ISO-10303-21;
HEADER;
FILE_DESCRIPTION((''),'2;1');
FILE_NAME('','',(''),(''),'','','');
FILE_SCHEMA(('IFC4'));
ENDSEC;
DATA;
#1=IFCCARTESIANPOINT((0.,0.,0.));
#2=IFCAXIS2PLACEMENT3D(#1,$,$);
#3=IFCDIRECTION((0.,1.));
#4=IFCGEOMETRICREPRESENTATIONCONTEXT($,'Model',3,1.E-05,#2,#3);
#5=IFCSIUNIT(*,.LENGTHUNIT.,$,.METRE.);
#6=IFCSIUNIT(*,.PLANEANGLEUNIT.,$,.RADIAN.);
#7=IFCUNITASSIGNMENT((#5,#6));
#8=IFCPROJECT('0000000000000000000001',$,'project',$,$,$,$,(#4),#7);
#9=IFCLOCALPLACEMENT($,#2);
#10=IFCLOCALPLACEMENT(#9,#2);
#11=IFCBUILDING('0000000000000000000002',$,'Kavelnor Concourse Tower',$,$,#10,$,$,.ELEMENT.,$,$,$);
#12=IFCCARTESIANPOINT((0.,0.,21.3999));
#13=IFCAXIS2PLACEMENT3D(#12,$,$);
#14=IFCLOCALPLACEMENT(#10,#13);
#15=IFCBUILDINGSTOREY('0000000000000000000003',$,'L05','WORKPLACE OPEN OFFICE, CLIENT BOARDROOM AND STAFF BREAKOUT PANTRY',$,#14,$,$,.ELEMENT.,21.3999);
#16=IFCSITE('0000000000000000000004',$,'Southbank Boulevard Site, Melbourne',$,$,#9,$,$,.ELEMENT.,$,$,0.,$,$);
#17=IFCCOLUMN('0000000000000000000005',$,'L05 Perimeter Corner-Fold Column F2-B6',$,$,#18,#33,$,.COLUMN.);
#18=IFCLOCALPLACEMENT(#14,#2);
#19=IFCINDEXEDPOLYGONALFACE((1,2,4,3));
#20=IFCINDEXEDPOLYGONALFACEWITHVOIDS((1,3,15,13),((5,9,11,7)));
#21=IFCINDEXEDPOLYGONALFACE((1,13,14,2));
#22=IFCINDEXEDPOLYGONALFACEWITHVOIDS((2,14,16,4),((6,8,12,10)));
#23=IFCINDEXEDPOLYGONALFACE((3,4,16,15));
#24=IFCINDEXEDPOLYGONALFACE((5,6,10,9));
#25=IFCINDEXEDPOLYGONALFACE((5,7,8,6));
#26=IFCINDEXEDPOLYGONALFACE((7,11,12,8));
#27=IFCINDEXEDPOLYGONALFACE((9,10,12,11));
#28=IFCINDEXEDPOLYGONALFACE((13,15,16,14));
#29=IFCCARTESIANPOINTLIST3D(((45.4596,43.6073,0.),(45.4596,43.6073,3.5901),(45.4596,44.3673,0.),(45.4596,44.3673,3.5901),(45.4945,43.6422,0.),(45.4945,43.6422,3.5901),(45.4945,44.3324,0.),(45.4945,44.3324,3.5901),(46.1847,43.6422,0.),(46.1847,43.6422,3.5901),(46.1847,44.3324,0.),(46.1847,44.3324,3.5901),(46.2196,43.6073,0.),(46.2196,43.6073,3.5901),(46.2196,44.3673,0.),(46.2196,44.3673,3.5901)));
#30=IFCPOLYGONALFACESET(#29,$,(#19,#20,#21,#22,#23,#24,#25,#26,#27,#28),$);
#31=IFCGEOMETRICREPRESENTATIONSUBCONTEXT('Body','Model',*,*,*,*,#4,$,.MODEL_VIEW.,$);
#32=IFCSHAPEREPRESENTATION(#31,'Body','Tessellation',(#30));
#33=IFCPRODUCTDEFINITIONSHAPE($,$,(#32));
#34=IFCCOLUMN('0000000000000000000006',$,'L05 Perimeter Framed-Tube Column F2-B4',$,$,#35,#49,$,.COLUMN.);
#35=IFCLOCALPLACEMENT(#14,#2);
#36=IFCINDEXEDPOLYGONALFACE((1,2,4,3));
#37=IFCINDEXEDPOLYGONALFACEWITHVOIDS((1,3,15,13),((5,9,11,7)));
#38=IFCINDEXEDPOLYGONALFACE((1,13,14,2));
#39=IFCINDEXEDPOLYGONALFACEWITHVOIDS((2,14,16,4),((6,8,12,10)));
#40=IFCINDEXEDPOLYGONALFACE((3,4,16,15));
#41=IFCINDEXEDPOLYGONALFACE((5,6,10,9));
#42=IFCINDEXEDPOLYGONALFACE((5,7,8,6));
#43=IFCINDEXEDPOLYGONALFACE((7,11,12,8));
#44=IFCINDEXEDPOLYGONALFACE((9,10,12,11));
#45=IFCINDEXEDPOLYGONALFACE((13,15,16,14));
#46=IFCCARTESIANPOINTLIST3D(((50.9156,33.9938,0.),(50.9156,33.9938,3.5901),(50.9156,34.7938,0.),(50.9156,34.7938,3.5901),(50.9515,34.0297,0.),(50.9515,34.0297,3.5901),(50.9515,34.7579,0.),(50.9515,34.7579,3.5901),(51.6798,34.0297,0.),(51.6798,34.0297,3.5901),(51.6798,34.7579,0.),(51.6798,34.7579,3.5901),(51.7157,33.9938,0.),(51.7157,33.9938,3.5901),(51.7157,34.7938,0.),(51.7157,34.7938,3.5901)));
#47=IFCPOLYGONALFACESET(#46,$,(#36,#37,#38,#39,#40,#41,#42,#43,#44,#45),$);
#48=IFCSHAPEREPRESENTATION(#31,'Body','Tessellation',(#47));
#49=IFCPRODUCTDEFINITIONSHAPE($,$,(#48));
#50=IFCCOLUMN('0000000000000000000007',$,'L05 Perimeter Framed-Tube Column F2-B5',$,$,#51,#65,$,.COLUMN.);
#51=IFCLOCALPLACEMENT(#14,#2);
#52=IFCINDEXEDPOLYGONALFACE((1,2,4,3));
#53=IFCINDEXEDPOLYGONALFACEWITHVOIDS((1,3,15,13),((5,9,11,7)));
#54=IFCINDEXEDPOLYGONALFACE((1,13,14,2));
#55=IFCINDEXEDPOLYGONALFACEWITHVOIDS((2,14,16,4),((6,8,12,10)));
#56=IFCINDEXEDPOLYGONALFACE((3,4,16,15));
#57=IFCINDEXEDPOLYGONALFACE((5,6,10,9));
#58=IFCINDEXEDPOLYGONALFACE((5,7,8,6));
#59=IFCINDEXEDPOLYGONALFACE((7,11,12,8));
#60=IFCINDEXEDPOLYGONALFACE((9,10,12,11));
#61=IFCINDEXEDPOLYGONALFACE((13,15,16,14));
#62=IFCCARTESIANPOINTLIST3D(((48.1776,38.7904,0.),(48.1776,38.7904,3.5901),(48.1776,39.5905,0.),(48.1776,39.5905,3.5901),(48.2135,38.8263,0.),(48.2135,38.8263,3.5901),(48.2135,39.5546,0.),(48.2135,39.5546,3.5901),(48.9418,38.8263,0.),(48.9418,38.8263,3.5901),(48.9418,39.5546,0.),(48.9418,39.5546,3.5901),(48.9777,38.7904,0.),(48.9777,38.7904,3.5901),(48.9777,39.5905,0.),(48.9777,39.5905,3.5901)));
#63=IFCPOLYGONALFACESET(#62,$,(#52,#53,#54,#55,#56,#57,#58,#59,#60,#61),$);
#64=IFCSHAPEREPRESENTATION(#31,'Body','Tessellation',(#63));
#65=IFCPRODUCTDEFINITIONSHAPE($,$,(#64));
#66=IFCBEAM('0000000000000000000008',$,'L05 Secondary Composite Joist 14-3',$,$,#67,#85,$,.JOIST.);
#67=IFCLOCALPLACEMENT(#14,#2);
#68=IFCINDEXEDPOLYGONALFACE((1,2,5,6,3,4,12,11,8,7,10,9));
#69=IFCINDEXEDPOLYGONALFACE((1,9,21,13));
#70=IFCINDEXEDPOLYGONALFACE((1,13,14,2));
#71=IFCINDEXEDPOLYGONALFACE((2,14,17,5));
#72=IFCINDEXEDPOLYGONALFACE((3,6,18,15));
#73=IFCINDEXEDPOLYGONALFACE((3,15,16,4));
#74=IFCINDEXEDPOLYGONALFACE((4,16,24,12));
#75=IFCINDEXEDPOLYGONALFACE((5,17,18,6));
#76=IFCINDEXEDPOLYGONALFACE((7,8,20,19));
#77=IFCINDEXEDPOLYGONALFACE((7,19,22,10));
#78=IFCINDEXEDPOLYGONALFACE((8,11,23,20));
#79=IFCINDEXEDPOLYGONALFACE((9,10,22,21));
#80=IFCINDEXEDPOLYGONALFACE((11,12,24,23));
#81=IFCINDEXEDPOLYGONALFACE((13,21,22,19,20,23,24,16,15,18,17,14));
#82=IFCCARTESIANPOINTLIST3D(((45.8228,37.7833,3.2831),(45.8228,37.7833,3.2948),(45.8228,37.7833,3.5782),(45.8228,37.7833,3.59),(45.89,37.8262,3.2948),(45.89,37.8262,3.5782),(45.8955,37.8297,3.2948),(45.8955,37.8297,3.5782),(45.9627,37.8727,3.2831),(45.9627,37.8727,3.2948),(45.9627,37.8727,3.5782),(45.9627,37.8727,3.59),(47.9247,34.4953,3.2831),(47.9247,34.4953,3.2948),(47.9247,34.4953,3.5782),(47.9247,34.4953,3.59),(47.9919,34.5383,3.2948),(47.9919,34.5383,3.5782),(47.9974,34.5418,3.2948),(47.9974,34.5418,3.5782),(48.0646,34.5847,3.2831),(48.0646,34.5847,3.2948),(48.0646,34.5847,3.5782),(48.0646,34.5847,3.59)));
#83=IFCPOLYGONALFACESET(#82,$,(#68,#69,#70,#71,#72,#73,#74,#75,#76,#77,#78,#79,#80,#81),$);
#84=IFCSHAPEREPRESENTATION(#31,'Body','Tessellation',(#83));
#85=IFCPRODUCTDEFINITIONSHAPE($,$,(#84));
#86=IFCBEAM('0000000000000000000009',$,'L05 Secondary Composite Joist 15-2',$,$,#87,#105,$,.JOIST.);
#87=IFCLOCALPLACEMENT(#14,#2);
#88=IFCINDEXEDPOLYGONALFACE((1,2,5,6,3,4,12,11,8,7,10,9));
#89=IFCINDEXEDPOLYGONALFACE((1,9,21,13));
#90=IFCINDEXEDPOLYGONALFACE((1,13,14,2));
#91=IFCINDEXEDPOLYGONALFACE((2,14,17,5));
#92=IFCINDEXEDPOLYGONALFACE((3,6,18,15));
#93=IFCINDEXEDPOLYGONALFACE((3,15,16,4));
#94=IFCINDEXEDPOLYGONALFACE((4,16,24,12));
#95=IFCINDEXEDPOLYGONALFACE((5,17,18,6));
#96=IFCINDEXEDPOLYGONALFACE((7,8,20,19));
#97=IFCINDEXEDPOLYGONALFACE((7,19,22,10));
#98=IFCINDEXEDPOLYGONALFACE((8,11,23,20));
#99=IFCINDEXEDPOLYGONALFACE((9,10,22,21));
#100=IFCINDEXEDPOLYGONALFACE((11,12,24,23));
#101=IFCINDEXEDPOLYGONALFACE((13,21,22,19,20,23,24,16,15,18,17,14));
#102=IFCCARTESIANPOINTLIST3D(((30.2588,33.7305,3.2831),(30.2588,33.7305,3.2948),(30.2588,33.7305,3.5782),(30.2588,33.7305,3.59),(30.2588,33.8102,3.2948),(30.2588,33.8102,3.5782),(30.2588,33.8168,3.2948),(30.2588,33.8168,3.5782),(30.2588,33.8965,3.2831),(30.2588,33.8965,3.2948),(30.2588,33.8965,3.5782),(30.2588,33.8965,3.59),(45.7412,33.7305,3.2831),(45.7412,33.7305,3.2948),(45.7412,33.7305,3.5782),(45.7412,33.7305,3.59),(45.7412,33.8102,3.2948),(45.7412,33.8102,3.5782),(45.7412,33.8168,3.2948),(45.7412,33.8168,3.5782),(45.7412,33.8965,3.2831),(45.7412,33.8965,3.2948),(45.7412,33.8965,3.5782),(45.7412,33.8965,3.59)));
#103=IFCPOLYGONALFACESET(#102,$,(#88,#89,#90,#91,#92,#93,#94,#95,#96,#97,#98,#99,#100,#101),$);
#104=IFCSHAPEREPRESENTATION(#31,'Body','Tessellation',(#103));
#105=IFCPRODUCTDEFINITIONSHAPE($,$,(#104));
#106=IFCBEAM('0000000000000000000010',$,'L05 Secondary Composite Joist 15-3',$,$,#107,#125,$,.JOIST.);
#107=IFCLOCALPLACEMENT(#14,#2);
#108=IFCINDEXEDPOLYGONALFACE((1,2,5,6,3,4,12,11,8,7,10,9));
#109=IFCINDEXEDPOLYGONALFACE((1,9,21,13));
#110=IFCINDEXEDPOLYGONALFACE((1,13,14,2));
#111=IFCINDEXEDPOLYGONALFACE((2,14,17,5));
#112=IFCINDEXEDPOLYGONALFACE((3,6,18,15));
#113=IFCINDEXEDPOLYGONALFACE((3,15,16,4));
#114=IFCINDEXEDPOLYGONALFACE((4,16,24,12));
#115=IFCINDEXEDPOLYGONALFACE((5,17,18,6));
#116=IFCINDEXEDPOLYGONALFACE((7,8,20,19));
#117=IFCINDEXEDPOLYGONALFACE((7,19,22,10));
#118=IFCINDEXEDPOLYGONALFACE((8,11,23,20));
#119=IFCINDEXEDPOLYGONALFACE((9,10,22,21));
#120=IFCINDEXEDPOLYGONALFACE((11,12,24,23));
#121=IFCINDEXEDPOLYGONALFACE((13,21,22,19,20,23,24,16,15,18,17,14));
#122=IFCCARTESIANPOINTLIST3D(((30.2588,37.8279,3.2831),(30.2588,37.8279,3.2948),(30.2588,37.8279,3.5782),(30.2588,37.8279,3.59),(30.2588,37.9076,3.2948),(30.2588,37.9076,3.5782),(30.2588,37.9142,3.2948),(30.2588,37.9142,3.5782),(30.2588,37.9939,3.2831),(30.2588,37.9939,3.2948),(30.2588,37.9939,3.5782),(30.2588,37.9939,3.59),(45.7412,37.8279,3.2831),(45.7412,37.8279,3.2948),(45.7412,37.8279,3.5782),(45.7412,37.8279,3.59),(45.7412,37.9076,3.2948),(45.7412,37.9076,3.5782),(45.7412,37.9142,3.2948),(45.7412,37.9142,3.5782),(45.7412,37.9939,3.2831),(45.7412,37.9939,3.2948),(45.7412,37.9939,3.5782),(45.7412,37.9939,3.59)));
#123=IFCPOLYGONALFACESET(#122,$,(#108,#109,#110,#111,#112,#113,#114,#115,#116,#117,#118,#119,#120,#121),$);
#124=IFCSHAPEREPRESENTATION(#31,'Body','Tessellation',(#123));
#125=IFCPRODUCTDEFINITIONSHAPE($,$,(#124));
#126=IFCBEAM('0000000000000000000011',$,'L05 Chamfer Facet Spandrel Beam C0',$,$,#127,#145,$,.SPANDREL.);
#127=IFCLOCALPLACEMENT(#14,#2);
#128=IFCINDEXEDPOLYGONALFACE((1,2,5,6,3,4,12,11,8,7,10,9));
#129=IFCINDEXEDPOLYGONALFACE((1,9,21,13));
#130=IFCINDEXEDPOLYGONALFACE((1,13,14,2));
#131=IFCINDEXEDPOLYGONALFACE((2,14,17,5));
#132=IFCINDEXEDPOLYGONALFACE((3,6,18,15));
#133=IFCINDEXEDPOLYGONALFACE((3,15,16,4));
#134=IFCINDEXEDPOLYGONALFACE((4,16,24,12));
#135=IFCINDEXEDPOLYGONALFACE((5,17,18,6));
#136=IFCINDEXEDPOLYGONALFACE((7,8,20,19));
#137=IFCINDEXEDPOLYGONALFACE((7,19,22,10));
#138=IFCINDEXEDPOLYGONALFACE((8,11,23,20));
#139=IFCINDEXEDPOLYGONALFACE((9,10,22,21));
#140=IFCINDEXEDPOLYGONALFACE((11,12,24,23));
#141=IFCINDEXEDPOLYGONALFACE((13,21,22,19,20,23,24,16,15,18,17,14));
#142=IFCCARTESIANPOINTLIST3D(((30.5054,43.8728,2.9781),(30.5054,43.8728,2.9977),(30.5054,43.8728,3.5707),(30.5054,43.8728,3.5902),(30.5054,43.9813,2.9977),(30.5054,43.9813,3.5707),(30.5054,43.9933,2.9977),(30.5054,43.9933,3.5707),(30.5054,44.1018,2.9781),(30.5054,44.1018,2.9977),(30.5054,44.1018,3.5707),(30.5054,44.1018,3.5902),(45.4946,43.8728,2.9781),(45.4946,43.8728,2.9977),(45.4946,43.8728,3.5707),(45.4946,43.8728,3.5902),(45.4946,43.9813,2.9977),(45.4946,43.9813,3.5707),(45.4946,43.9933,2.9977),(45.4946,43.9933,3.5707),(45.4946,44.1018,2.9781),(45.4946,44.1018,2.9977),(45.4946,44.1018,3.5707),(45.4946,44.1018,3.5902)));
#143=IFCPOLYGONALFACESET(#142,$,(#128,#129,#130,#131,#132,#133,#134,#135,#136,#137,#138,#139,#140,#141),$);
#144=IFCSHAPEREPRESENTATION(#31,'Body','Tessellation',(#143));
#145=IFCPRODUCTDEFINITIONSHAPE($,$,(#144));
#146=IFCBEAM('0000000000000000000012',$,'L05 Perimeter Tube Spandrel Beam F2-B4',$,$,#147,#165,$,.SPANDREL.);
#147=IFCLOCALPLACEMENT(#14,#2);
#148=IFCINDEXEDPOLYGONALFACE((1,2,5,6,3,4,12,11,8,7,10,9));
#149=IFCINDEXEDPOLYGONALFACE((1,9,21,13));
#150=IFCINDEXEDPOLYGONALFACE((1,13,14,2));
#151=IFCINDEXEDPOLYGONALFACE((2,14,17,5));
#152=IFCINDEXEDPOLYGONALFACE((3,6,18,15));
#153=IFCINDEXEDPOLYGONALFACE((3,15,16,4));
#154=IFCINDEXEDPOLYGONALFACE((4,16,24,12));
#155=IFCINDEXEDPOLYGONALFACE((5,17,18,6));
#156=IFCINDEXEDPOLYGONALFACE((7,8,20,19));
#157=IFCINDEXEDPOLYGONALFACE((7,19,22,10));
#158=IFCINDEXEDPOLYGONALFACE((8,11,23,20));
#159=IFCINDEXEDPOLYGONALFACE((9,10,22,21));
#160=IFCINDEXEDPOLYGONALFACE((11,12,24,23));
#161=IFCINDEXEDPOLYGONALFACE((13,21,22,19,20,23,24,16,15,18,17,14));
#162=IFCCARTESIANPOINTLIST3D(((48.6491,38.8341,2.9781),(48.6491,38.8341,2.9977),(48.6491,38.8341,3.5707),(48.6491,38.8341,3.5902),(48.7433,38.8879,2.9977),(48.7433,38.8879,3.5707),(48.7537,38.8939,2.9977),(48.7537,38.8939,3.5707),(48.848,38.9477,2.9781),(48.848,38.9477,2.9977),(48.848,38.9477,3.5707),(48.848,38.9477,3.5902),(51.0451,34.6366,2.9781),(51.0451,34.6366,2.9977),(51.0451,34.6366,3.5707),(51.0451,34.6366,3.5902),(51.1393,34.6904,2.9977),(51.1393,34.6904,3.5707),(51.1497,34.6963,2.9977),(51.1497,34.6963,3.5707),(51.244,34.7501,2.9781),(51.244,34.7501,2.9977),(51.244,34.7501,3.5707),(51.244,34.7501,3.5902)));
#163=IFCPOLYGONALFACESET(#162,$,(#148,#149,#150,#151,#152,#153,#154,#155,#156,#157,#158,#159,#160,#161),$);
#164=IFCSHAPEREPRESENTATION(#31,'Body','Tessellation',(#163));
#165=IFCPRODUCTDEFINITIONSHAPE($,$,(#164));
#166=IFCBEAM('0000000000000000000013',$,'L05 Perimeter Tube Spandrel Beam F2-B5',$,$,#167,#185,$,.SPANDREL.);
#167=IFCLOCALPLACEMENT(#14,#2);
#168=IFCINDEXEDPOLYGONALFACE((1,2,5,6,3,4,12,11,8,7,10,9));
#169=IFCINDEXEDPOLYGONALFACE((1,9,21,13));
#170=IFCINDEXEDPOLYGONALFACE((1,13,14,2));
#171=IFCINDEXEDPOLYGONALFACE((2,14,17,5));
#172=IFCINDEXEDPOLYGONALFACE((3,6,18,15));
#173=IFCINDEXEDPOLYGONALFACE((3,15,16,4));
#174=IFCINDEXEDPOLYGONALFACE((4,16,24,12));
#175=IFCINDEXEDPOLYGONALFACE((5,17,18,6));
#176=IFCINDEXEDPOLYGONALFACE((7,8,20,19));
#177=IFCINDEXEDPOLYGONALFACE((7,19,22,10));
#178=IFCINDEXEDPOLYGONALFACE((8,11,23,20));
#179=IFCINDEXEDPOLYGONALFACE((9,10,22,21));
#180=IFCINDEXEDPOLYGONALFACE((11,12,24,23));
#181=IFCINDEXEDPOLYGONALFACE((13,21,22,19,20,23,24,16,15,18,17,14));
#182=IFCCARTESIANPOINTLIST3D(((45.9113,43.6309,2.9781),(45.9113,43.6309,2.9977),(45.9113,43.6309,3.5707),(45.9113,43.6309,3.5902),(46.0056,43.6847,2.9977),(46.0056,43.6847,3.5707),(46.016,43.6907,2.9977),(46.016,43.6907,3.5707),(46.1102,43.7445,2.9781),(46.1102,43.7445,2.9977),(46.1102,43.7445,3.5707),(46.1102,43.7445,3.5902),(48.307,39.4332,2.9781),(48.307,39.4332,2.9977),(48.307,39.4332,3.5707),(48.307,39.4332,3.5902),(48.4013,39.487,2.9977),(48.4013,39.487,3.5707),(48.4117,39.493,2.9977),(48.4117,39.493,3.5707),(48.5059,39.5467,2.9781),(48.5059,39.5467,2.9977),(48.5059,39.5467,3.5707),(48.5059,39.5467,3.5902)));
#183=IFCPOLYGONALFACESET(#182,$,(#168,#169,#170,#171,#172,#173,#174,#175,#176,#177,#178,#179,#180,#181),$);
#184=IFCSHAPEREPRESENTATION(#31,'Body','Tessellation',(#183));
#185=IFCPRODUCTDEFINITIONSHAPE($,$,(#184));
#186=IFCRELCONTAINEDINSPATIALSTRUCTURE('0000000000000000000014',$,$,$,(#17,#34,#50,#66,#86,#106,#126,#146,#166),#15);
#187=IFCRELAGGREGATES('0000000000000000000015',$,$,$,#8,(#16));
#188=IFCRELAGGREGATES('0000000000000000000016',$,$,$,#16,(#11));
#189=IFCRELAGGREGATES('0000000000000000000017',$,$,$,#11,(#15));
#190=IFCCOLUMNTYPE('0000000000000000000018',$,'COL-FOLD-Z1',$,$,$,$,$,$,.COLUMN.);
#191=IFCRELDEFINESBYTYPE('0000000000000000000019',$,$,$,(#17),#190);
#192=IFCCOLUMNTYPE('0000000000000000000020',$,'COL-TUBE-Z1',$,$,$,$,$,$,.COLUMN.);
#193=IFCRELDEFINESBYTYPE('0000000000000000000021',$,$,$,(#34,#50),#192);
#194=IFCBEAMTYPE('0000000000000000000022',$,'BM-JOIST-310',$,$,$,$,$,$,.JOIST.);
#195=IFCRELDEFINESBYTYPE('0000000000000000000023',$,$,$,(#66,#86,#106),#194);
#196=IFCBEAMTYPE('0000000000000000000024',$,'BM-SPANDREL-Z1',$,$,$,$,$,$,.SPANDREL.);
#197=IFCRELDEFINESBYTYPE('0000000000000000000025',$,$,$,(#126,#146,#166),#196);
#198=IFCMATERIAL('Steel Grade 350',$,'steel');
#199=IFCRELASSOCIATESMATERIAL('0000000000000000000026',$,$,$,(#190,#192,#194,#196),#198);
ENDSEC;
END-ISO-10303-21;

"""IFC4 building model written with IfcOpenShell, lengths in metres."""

from ifc_helpers import new_model, si_unit, direction, frame, origin, origin_2d, place, context, subcontext, project, spatial, hollow_rectangle, i_section, extrude, material, material_profile, profile_set, type_object, element, save


model = new_model("IFC4")

# Units and contexts
model_context = context("Model", 3, precision=1e-05, world=origin(), true_north=direction((0.0, 1.0)))
body_context = subcontext(model_context, "Body", "Model", "MODEL_VIEW")
ifc_project = project(units=[si_unit("LENGTHUNIT", "METRE"), si_unit("PLANEANGLEUNIT", "RADIAN")], contexts=[model_context])

# Site, building, storey
site_placement = place(None, origin())
site = spatial("IfcSite", under=ifc_project, at=site_placement, Name="Southbank Boulevard Site, Melbourne", CompositionType="ELEMENT", RefElevation=0.0)
building_placement = place(site_placement, origin())
building = spatial("IfcBuilding", under=site, at=building_placement, Name="Kavelnor Concourse Tower", CompositionType="ELEMENT")
storey_placement = place(building_placement, frame((0.0, 0.0, 21.3999)))
storey = spatial("IfcBuildingStorey", under=building, at=storey_placement, Name="L05", Description="WORKPLACE OPEN OFFICE, CLIENT BOARDROOM AND STAFF BREAKOUT PANTRY", CompositionType="ELEMENT", Elevation=21.3999)

# Columns
ifc_material_1 = material(Name="Steel Grade 350", Category="steel")
ifc_material_profile_1 = material_profile(ifc_material_1, hollow_rectangle(XDim=0.76, YDim=0.76, WallThickness=0.0349, at=origin_2d()), Name="SHS 760x760x35")
ifc_profile_set_1 = profile_set([ifc_material_profile_1], Name="Steel Grade 350")
column_type_1 = type_object("IfcColumnType", Name="COL-FOLD-Z1", PredefinedType="COLUMN", material=ifc_profile_set_1)
column_placement = place(storey_placement, frame((45.8396, 43.9873, 0.0), z_axis=(0.0, 0.0, 1.0), x_axis=(1.0, 0.0, 0.0)))
element("IfcColumn", 1, at=column_placement, inside=storey, type_object=column_type_1, Name="L05 Perimeter Corner-Fold Column F2-B6", PredefinedType="COLUMN", context=body_context, shape_type="SweptSolid", body=[
    extrude(hollow_rectangle(XDim=0.76, YDim=0.76, WallThickness=0.0349, at=origin_2d()), origin(), (0.0, 0.0, 1.0), 3.5901),
])
ifc_material_profile_2 = material_profile(ifc_material_1, hollow_rectangle(XDim=0.8, YDim=0.8, WallThickness=0.0359, at=origin_2d()), Name="SHS 800x800x36")
ifc_profile_set_2 = profile_set([ifc_material_profile_2], Name="Steel Grade 350")
column_type_2 = type_object("IfcColumnType", Name="COL-TUBE-Z1", PredefinedType="COLUMN", material=ifc_profile_set_2)
for number, where, z_axis, x_axis, name in (
    (2, (51.3157, 34.3938, 0.0), (0.0, 0.0, 1.0), (1.0, 0.0, 0.0), "L05 Perimeter Framed-Tube Column F2-B4"),
    (3, (48.5776, 39.1904, 0.0), (0.0, 0.0, 1.0), (1.0, 0.0, 0.0), "L05 Perimeter Framed-Tube Column F2-B5"),
):
    element("IfcColumn", number, at=place(storey_placement, frame(where, z_axis=z_axis, x_axis=x_axis)), inside=storey, type_object=column_type_2, Name=name, PredefinedType="COLUMN", context=body_context, shape_type="SweptSolid", body=[
        extrude(hollow_rectangle(XDim=0.8, YDim=0.8, WallThickness=0.0359, at=origin_2d()), origin(), (0.0, 0.0, 1.0), 3.5901),
    ])

# Beams
ifc_material_profile_3 = material_profile(ifc_material_1, i_section(OverallWidth=0.166, OverallDepth=0.3069, WebThickness=0.0066, FlangeThickness=0.0117, at=origin_2d()), Name="310UB46")
ifc_profile_set_3 = profile_set([ifc_material_profile_3], Name="Steel Grade 350")
beam_type_1 = type_object("IfcBeamType", Name="BM-JOIST-310", PredefinedType="JOIST", material=ifc_profile_set_3)
beam_1_placement = place(storey_placement, frame((47.9946, 34.54, 3.4365), z_axis=(-0.538615, 0.842552, 0.0), x_axis=(-0.842552, -0.538615, 0.0)))
element("IfcBeam", 4, at=beam_1_placement, inside=storey, type_object=beam_type_1, Name="L05 Secondary Composite Joist 14-3", PredefinedType="JOIST", context=body_context, shape_type="SweptSolid", body=[
    extrude(i_section(OverallWidth=0.166, OverallDepth=0.3069, WebThickness=0.0066, FlangeThickness=0.0117, at=origin_2d()), origin(), (0.0, 0.0, 1.0), 3.9023),
])
for number, where, z_axis, x_axis, name in (
    (5, (45.7412, 33.8135, 3.4365), (-1.0, 0.0, 0.0), (0.0, -1.0, 0.0), "L05 Secondary Composite Joist 15-2"),
    (6, (45.7412, 37.9109, 3.4365), (-1.0, 0.0, 0.0), (0.0, -1.0, 0.0), "L05 Secondary Composite Joist 15-3"),
):
    element("IfcBeam", number, at=place(storey_placement, frame(where, z_axis=z_axis, x_axis=x_axis)), inside=storey, type_object=beam_type_1, Name=name, PredefinedType="JOIST", context=body_context, shape_type="SweptSolid", body=[
        extrude(i_section(OverallWidth=0.166, OverallDepth=0.3069, WebThickness=0.0066, FlangeThickness=0.0117, at=origin_2d()), origin(), (0.0, 0.0, 1.0), 15.4824),
    ])
ifc_material_profile_4 = material_profile(ifc_material_1, i_section(OverallWidth=0.229, OverallDepth=0.6121, WebThickness=0.012, FlangeThickness=0.0195, at=origin_2d()), Name="610UB125")
ifc_profile_set_4 = profile_set([ifc_material_profile_4], Name="Steel Grade 350")
beam_type_2 = type_object("IfcBeamType", Name="BM-SPANDREL-Z1", PredefinedType="SPANDREL", material=ifc_profile_set_4)
beam_2_placement = place(storey_placement, frame((45.4946, 43.9873, 3.2842), z_axis=(-1.0, 0.0, 0.0), x_axis=(0.0, -1.0, 0.0)))
element("IfcBeam", 7, at=beam_2_placement, inside=storey, type_object=beam_type_2, Name="L05 Chamfer Facet Spandrel Beam C0", PredefinedType="SPANDREL", context=body_context, shape_type="SweptSolid", body=[
    extrude(i_section(OverallWidth=0.229, OverallDepth=0.6121, WebThickness=0.012, FlangeThickness=0.0195, at=origin_2d()), origin(), (0.0, 0.0, 1.0), 14.9893),
])
for number, where, z_axis, x_axis, name in (
    (8, (51.1445, 34.6934, 3.2842), (-0.495736, 0.868473, 0.0), (-0.868473, -0.495736, 0.0), "L05 Perimeter Tube Spandrel Beam F2-B4"),
    (9, (48.4065, 39.49, 3.2842), (-0.495676, 0.868507, 0.0), (-0.868507, -0.495676, 0.0), "L05 Perimeter Tube Spandrel Beam F2-B5"),
):
    element("IfcBeam", number, at=place(storey_placement, frame(where, z_axis=z_axis, x_axis=x_axis)), inside=storey, type_object=beam_type_2, Name=name, PredefinedType="SPANDREL", context=body_context, shape_type="SweptSolid", body=[
        extrude(i_section(OverallWidth=0.229, OverallDepth=0.6121, WebThickness=0.012, FlangeThickness=0.0195, at=origin_2d()), origin(), (0.0, 0.0, 1.0), 4.8333),
    ])

save(model, "model.ifc")
